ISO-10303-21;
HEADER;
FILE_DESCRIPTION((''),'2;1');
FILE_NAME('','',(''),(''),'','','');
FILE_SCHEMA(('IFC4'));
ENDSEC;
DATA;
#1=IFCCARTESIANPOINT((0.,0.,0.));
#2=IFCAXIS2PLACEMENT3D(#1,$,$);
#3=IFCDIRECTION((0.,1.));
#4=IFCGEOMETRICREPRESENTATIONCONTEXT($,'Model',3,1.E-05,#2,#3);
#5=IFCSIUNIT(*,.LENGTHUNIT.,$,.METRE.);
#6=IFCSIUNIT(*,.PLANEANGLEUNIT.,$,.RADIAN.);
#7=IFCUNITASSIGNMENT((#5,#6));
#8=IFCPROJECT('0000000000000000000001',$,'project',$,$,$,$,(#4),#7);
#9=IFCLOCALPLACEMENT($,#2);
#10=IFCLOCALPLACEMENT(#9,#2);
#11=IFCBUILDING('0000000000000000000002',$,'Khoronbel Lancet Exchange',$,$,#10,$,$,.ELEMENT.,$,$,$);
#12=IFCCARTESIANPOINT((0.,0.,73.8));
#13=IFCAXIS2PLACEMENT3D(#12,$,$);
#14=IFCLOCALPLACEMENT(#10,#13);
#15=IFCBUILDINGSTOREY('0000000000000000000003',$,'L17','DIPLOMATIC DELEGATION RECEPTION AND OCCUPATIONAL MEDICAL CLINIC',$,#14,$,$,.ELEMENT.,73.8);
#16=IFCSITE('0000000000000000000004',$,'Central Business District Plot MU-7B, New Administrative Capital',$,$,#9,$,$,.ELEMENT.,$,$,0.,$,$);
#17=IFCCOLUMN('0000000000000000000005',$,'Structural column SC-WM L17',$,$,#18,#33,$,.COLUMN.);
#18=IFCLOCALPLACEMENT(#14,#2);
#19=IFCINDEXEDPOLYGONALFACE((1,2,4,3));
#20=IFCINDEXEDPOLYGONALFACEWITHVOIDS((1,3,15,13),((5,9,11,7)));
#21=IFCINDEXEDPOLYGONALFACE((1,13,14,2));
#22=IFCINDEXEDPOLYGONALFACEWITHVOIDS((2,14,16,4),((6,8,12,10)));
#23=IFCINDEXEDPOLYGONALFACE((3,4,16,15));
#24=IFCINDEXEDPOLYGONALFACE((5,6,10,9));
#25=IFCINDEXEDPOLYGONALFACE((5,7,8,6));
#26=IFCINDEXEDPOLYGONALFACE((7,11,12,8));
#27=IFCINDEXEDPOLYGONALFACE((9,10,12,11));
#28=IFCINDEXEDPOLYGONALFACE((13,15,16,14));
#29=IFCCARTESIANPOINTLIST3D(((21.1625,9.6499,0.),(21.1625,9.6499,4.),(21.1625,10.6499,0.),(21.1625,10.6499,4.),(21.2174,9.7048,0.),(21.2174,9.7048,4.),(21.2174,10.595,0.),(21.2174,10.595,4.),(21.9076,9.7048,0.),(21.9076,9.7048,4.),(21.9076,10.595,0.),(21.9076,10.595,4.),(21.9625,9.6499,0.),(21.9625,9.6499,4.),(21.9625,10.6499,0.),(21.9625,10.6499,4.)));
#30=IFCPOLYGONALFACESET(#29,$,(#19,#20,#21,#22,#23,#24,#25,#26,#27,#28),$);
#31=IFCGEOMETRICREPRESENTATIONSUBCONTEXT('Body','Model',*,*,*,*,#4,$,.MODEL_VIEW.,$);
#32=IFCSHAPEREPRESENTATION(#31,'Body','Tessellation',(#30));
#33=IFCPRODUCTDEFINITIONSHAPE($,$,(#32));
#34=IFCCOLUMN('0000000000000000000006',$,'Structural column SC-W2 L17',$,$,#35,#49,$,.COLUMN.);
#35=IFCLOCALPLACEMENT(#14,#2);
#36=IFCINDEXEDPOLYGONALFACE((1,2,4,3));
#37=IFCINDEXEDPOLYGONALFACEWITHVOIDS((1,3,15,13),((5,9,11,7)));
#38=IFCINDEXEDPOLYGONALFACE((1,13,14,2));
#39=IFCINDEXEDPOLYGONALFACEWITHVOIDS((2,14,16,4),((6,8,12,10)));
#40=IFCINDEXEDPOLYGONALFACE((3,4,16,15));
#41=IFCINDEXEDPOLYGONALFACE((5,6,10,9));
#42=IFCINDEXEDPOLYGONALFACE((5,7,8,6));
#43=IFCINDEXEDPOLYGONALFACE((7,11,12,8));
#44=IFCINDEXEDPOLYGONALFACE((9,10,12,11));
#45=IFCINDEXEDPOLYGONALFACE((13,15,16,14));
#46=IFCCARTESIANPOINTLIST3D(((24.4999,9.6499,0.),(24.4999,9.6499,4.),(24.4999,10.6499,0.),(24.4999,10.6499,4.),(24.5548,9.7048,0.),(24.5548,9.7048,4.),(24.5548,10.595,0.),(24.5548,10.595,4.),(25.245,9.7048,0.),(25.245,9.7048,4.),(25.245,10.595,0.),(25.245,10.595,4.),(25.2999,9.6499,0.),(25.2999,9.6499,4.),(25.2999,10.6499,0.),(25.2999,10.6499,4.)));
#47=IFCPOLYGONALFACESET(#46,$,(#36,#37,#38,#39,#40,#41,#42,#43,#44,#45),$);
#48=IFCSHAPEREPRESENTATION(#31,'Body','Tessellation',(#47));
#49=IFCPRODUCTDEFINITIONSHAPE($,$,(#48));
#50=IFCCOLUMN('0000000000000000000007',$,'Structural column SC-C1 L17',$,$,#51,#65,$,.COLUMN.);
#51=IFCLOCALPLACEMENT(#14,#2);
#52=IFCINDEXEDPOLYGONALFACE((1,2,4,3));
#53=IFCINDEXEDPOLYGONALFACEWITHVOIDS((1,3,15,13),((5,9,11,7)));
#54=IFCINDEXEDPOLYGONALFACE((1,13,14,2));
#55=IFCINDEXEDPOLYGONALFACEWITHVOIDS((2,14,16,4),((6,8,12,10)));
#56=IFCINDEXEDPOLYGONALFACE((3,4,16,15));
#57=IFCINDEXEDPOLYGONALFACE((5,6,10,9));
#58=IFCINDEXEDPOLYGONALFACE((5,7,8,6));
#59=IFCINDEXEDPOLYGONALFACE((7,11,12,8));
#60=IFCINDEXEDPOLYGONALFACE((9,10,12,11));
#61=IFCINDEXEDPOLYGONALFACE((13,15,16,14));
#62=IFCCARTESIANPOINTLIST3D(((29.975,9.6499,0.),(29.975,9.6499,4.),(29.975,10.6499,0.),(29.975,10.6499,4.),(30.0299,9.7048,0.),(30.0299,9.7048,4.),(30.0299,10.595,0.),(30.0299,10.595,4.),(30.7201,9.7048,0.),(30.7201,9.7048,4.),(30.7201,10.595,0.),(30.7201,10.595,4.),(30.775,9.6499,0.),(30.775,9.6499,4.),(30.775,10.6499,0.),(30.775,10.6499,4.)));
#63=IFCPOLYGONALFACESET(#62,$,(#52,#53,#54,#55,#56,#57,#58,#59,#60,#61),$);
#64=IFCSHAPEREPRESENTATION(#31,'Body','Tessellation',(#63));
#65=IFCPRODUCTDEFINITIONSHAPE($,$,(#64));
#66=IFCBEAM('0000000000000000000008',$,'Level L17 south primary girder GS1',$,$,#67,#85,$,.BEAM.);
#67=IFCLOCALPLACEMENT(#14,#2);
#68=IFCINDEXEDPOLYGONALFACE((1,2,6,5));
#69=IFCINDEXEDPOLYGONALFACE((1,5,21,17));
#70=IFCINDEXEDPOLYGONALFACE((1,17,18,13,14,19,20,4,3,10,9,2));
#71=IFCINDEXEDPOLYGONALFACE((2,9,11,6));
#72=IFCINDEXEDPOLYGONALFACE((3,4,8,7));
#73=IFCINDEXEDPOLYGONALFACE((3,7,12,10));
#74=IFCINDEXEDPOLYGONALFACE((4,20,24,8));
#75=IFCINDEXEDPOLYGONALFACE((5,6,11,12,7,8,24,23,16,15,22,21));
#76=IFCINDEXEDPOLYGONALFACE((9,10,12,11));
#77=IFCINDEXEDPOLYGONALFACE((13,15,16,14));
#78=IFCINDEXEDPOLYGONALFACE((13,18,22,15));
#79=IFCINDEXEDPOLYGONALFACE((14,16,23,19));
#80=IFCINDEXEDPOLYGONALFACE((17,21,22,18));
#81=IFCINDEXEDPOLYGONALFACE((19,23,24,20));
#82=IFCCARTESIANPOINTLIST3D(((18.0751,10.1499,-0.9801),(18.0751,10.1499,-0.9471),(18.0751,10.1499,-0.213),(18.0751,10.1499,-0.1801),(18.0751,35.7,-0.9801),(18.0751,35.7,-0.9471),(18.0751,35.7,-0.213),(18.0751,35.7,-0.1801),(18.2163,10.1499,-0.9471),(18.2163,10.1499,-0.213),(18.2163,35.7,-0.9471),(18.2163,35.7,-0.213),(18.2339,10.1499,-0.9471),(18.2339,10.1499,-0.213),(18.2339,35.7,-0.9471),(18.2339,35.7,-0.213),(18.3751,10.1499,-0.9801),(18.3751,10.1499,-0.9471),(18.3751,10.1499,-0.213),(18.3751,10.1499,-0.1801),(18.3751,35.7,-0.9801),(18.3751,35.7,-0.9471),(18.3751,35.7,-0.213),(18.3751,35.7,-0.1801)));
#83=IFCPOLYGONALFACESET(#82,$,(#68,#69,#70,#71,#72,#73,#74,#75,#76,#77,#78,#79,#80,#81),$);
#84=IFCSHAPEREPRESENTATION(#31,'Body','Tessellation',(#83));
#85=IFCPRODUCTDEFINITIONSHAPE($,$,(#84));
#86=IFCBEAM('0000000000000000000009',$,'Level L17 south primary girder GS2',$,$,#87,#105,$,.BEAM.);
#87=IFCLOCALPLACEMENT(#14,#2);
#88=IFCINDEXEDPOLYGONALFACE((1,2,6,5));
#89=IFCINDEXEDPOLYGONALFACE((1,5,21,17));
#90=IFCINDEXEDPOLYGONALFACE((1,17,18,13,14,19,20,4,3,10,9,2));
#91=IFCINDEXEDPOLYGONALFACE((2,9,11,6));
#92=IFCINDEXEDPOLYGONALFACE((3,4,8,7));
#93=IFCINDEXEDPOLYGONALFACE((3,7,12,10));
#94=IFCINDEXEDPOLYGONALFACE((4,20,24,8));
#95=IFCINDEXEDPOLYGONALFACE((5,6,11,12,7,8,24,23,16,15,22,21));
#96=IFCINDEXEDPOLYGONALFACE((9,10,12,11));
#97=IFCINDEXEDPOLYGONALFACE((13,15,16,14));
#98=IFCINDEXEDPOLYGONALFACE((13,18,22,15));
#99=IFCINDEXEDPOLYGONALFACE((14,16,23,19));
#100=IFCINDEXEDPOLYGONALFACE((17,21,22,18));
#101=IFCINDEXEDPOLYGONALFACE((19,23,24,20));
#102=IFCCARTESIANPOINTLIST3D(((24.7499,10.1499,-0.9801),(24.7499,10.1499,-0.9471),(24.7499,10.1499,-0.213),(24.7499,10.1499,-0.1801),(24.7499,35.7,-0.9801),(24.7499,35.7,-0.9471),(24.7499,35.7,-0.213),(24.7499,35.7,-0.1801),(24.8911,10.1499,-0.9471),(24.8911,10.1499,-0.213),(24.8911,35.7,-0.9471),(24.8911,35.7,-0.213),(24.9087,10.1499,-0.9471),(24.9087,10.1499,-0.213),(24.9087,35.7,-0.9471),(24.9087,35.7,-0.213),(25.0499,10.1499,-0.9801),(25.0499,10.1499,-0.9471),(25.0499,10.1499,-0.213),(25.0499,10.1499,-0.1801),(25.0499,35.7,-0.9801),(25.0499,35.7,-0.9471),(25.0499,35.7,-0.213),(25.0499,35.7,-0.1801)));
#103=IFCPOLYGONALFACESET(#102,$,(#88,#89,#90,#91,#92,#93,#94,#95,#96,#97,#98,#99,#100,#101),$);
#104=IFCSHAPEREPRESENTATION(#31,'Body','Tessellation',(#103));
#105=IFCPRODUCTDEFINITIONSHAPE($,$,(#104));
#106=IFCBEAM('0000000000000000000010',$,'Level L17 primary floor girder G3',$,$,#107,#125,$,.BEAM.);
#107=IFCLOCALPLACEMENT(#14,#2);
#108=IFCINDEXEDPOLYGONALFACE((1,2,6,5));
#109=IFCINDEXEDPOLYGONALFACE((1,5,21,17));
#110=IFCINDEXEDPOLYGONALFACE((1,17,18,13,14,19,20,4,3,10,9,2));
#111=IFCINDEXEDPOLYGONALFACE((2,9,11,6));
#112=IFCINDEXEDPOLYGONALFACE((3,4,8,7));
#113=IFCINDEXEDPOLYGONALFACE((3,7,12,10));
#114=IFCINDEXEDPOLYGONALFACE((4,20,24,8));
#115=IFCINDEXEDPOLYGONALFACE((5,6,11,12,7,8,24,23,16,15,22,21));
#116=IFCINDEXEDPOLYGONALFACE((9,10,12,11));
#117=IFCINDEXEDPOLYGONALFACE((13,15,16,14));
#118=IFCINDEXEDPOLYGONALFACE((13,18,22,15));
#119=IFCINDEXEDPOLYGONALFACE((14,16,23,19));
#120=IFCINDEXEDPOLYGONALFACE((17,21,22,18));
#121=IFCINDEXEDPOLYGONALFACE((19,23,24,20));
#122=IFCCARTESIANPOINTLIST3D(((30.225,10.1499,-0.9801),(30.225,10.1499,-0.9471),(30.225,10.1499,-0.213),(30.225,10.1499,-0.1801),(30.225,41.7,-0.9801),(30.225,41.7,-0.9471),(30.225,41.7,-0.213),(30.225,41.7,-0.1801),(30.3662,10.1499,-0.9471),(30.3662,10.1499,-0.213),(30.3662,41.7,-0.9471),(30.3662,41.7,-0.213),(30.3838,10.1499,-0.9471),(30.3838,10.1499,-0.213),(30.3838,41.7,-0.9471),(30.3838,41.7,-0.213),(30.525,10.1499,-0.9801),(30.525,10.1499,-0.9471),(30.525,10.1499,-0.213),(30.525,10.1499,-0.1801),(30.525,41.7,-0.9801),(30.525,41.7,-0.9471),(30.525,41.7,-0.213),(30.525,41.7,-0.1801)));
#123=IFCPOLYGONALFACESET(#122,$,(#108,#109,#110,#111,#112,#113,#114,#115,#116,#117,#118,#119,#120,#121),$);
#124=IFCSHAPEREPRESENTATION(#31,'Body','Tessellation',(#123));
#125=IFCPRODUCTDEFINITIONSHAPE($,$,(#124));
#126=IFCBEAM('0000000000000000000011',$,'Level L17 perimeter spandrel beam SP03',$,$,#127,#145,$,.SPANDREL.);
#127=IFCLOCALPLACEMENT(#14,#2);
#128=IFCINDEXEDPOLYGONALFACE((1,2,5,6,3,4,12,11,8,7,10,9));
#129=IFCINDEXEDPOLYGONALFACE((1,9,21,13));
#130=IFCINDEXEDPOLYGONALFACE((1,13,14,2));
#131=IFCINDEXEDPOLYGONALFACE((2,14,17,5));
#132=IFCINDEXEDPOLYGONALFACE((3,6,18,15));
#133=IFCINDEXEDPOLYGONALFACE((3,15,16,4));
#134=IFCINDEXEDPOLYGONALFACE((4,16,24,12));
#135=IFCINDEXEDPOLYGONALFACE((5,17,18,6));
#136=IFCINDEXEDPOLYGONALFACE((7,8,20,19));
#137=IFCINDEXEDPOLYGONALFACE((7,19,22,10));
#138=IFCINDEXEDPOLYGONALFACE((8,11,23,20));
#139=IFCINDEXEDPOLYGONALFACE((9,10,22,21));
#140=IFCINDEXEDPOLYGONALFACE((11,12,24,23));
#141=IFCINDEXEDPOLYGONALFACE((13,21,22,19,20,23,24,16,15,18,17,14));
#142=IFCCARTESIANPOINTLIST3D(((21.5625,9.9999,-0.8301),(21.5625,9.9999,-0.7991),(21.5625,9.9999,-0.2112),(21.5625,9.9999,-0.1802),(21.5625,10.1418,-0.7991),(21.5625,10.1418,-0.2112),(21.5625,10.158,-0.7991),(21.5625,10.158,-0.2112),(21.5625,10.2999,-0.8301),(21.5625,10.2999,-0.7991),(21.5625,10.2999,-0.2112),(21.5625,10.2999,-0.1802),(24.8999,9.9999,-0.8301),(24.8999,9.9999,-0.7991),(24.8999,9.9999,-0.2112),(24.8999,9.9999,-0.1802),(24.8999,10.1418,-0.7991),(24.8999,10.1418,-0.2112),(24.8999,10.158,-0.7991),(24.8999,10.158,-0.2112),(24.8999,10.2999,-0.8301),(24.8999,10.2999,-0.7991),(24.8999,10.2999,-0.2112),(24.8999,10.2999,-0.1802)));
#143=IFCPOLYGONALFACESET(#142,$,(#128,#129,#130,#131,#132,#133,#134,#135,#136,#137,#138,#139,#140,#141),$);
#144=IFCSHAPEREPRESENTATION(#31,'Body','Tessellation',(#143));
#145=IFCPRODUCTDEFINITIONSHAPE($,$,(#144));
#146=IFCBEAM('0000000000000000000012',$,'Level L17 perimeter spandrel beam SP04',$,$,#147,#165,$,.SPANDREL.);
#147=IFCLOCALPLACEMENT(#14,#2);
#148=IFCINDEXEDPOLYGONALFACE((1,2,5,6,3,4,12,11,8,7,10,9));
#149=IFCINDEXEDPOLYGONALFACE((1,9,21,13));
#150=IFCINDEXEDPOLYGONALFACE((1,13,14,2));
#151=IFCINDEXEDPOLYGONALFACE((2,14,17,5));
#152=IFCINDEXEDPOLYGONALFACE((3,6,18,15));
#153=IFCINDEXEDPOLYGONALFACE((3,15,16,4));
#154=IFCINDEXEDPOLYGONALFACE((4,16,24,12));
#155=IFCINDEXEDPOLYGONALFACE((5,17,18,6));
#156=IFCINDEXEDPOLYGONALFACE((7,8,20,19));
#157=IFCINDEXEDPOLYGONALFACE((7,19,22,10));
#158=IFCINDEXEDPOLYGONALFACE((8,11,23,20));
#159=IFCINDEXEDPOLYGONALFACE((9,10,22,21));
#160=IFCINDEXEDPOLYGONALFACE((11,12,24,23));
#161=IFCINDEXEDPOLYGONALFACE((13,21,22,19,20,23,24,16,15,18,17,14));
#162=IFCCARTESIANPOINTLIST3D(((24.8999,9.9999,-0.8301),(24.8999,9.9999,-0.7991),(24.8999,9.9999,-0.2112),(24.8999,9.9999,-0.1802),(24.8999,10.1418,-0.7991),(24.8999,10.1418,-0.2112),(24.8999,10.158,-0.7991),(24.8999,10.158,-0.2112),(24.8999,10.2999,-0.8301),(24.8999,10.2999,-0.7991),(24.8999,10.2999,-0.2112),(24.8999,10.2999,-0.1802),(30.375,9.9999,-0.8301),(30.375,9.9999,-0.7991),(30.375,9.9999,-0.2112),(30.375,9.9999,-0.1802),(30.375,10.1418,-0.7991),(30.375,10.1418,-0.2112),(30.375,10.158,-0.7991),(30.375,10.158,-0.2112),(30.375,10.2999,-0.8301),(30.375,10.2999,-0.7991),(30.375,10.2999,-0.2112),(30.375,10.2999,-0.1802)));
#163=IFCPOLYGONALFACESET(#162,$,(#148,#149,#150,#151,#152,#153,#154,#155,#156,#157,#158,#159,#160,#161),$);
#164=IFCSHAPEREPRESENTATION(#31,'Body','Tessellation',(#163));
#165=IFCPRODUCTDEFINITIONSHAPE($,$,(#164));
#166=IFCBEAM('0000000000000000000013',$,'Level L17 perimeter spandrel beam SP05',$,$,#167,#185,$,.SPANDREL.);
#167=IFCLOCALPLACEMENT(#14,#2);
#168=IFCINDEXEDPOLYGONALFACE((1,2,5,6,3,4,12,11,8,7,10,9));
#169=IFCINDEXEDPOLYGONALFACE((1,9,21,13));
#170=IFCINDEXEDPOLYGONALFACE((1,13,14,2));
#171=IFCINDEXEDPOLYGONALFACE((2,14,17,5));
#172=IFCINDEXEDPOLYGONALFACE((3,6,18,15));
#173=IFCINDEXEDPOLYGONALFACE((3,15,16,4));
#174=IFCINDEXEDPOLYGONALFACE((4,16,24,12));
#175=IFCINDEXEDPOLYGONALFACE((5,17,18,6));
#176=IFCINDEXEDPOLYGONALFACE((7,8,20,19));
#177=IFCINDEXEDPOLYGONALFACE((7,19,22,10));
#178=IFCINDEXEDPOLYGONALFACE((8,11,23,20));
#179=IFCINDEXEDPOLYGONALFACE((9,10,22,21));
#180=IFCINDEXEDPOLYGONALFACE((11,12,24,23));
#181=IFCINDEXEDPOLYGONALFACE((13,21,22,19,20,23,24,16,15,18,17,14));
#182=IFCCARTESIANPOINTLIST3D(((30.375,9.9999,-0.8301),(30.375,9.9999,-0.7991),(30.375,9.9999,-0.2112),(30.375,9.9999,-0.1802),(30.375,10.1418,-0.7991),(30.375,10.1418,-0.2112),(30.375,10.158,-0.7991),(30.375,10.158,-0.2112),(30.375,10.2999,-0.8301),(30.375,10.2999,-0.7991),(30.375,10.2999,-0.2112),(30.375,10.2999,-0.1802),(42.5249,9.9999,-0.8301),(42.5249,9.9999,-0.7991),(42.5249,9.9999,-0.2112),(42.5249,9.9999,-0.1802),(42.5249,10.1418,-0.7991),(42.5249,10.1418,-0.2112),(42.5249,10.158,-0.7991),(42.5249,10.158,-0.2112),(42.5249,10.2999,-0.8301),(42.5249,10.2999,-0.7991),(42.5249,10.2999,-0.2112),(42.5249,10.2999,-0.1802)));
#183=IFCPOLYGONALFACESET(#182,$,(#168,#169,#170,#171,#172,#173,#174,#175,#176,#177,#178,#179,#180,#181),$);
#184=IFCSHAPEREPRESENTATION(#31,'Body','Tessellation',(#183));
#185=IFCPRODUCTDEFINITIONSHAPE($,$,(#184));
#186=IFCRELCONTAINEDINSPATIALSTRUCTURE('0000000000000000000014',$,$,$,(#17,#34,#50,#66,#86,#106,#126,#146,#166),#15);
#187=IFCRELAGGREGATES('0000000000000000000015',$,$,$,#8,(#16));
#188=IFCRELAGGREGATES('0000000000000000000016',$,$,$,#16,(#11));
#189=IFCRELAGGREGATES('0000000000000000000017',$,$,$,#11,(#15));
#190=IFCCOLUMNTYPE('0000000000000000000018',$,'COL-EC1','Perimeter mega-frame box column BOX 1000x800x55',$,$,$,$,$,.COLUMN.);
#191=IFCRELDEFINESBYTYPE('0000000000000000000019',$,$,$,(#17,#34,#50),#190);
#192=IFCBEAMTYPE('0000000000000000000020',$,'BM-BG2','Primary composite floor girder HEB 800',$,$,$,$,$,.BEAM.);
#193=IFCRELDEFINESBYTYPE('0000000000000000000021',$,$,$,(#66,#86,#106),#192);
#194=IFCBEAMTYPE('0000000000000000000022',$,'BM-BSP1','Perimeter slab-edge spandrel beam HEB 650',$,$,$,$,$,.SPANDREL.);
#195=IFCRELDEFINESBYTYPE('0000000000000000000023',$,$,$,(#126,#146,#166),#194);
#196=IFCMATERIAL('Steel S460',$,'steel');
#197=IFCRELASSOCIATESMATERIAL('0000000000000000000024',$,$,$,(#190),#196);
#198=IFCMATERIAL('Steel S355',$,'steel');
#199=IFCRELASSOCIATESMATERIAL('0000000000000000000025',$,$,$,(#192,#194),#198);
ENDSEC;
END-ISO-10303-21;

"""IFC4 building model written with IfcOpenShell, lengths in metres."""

from ifc_helpers import new_model, si_unit, direction, frame, origin, origin_2d, place, context, subcontext, project, spatial, hollow_rectangle, i_section, extrude, material, material_profile, profile_set, type_object, element, save


model = new_model("IFC4")

# Units and contexts
model_context = context("Model", 3, precision=1e-05, world=origin(), true_north=direction((0.0, 1.0)))
body_context = subcontext(model_context, "Body", "Model", "MODEL_VIEW")
ifc_project = project(units=[si_unit("LENGTHUNIT", "METRE"), si_unit("PLANEANGLEUNIT", "RADIAN")], contexts=[model_context])

# Site, building, storey
site_placement = place(None, origin())
site = spatial("IfcSite", under=ifc_project, at=site_placement, Name="Central Business District Plot MU-7B, New Administrative Capital", CompositionType="ELEMENT", RefElevation=0.0)
building_placement = place(site_placement, origin())
building = spatial("IfcBuilding", under=site, at=building_placement, Name="Khoronbel Lancet Exchange", CompositionType="ELEMENT")
storey_placement = place(building_placement, frame((0.0, 0.0, 73.8)))
storey = spatial("IfcBuildingStorey", under=building, at=storey_placement, Name="L17", Description="DIPLOMATIC DELEGATION RECEPTION AND OCCUPATIONAL MEDICAL CLINIC", CompositionType="ELEMENT", Elevation=73.8)

# Columns
ifc_material_1 = material(Name="Steel S460", Category="steel")
ifc_material_profile_1 = material_profile(ifc_material_1, hollow_rectangle(XDim=0.8, YDim=1.0, WallThickness=0.0549, at=origin_2d()), Name="BOX 1000x800x55")
ifc_profile_set_1 = profile_set([ifc_material_profile_1], Name="Steel S460")
column_type = type_object("IfcColumnType", Name="COL-EC1", Description="Perimeter mega-frame box column BOX 1000x800x55", PredefinedType="COLUMN", material=ifc_profile_set_1)
for number, where, z_axis, x_axis, name in (
    (1, (21.5625, 10.1499, 0.0), (0.0, 0.0, 1.0), (1.0, 0.0, 0.0), "Structural column SC-WM L17"),
    (2, (24.8999, 10.1499, 0.0), (0.0, 0.0, 1.0), (1.0, 0.0, 0.0), "Structural column SC-W2 L17"),
    (3, (30.375, 10.1499, 0.0), (0.0, 0.0, 1.0), (1.0, 0.0, 0.0), "Structural column SC-C1 L17"),
):
    element("IfcColumn", number, at=place(storey_placement, frame(where, z_axis=z_axis, x_axis=x_axis)), inside=storey, type_object=column_type, Name=name, PredefinedType="COLUMN", context=body_context, shape_type="SweptSolid", body=[
        extrude(hollow_rectangle(XDim=0.8, YDim=1.0, WallThickness=0.0549, at=origin_2d()), origin(), (0.0, 0.0, 1.0), 4.0),
    ])

# Beams
ifc_material_2 = material(Name="Steel S355", Category="steel")
ifc_material_profile_2 = material_profile(ifc_material_2, i_section(OverallWidth=0.3, OverallDepth=0.8, WebThickness=0.0176, FlangeThickness=0.033, at=origin_2d()), Name="HEB 800")
ifc_profile_set_2 = profile_set([ifc_material_profile_2], Name="Steel S355")
beam_type_1 = type_object("IfcBeamType", Name="BM-BG2", Description="Primary composite floor girder HEB 800", PredefinedType="BEAM", material=ifc_profile_set_2)
for number, where, z_axis, x_axis, name in (
    (4, (18.2251, 10.1499, -0.5801), (0.0, 1.0, 0.0), (-1.0, 0.0, 0.0), "Level L17 south primary girder GS1"),
    (5, (24.8999, 10.1499, -0.5801), (0.0, 1.0, 0.0), (-1.0, 0.0, 0.0), "Level L17 south primary girder GS2"),
):
    element("IfcBeam", number, at=place(storey_placement, frame(where, z_axis=z_axis, x_axis=x_axis)), inside=storey, type_object=beam_type_1, Name=name, PredefinedType="BEAM", context=body_context, shape_type="SweptSolid", body=[
        extrude(i_section(OverallWidth=0.3, OverallDepth=0.8, WebThickness=0.0176, FlangeThickness=0.033, at=origin_2d()), origin(), (0.0, 0.0, 1.0), 25.55),
    ])
beam_1_placement = place(storey_placement, frame((30.375, 10.1499, -0.5801), z_axis=(0.0, 1.0, 0.0), x_axis=(-1.0, 0.0, 0.0)))
element("IfcBeam", 6, at=beam_1_placement, inside=storey, type_object=beam_type_1, Name="Level L17 primary floor girder G3", PredefinedType="BEAM", context=body_context, shape_type="SweptSolid", body=[
    extrude(i_section(OverallWidth=0.3, OverallDepth=0.8, WebThickness=0.0176, FlangeThickness=0.033, at=origin_2d()), origin(), (0.0, 0.0, 1.0), 31.55),
])
ifc_material_profile_3 = material_profile(ifc_material_2, i_section(OverallWidth=0.3, OverallDepth=0.6499, WebThickness=0.0161, FlangeThickness=0.031, at=origin_2d()), Name="HEB 650")
ifc_profile_set_3 = profile_set([ifc_material_profile_3], Name="Steel S355")
beam_type_2 = type_object("IfcBeamType", Name="BM-BSP1", Description="Perimeter slab-edge spandrel beam HEB 650", PredefinedType="SPANDREL", material=ifc_profile_set_3)
beam_2_placement = place(storey_placement, frame((21.5625, 10.1499, -0.5051), z_axis=(1.0, 0.0, 0.0), x_axis=(0.0, 1.0, 0.0)))
element("IfcBeam", 7, at=beam_2_placement, inside=storey, type_object=beam_type_2, Name="Level L17 perimeter spandrel beam SP03", PredefinedType="SPANDREL", context=body_context, shape_type="SweptSolid", body=[
    extrude(i_section(OverallWidth=0.3, OverallDepth=0.6499, WebThickness=0.0161, FlangeThickness=0.031, at=origin_2d()), origin(), (0.0, 0.0, 1.0), 3.3374),
])
beam_3_placement = place(storey_placement, frame((24.8999, 10.1499, -0.5051), z_axis=(1.0, 0.0, 0.0), x_axis=(0.0, 1.0, 0.0)))
element("IfcBeam", 8, at=beam_3_placement, inside=storey, type_object=beam_type_2, Name="Level L17 perimeter spandrel beam SP04", PredefinedType="SPANDREL", context=body_context, shape_type="SweptSolid", body=[
    extrude(i_section(OverallWidth=0.3, OverallDepth=0.6499, WebThickness=0.0161, FlangeThickness=0.031, at=origin_2d()), origin(), (0.0, 0.0, 1.0), 5.4751),
])
beam_4_placement = place(storey_placement, frame((30.375, 10.1499, -0.5051), z_axis=(1.0, 0.0, 0.0), x_axis=(0.0, 1.0, 0.0)))
element("IfcBeam", 9, at=beam_4_placement, inside=storey, type_object=beam_type_2, Name="Level L17 perimeter spandrel beam SP05", PredefinedType="SPANDREL", context=body_context, shape_type="SweptSolid", body=[
    extrude(i_section(OverallWidth=0.3, OverallDepth=0.6499, WebThickness=0.0161, FlangeThickness=0.031, at=origin_2d()), origin(), (0.0, 0.0, 1.0), 12.1499),
])

save(model, "model.ifc")
